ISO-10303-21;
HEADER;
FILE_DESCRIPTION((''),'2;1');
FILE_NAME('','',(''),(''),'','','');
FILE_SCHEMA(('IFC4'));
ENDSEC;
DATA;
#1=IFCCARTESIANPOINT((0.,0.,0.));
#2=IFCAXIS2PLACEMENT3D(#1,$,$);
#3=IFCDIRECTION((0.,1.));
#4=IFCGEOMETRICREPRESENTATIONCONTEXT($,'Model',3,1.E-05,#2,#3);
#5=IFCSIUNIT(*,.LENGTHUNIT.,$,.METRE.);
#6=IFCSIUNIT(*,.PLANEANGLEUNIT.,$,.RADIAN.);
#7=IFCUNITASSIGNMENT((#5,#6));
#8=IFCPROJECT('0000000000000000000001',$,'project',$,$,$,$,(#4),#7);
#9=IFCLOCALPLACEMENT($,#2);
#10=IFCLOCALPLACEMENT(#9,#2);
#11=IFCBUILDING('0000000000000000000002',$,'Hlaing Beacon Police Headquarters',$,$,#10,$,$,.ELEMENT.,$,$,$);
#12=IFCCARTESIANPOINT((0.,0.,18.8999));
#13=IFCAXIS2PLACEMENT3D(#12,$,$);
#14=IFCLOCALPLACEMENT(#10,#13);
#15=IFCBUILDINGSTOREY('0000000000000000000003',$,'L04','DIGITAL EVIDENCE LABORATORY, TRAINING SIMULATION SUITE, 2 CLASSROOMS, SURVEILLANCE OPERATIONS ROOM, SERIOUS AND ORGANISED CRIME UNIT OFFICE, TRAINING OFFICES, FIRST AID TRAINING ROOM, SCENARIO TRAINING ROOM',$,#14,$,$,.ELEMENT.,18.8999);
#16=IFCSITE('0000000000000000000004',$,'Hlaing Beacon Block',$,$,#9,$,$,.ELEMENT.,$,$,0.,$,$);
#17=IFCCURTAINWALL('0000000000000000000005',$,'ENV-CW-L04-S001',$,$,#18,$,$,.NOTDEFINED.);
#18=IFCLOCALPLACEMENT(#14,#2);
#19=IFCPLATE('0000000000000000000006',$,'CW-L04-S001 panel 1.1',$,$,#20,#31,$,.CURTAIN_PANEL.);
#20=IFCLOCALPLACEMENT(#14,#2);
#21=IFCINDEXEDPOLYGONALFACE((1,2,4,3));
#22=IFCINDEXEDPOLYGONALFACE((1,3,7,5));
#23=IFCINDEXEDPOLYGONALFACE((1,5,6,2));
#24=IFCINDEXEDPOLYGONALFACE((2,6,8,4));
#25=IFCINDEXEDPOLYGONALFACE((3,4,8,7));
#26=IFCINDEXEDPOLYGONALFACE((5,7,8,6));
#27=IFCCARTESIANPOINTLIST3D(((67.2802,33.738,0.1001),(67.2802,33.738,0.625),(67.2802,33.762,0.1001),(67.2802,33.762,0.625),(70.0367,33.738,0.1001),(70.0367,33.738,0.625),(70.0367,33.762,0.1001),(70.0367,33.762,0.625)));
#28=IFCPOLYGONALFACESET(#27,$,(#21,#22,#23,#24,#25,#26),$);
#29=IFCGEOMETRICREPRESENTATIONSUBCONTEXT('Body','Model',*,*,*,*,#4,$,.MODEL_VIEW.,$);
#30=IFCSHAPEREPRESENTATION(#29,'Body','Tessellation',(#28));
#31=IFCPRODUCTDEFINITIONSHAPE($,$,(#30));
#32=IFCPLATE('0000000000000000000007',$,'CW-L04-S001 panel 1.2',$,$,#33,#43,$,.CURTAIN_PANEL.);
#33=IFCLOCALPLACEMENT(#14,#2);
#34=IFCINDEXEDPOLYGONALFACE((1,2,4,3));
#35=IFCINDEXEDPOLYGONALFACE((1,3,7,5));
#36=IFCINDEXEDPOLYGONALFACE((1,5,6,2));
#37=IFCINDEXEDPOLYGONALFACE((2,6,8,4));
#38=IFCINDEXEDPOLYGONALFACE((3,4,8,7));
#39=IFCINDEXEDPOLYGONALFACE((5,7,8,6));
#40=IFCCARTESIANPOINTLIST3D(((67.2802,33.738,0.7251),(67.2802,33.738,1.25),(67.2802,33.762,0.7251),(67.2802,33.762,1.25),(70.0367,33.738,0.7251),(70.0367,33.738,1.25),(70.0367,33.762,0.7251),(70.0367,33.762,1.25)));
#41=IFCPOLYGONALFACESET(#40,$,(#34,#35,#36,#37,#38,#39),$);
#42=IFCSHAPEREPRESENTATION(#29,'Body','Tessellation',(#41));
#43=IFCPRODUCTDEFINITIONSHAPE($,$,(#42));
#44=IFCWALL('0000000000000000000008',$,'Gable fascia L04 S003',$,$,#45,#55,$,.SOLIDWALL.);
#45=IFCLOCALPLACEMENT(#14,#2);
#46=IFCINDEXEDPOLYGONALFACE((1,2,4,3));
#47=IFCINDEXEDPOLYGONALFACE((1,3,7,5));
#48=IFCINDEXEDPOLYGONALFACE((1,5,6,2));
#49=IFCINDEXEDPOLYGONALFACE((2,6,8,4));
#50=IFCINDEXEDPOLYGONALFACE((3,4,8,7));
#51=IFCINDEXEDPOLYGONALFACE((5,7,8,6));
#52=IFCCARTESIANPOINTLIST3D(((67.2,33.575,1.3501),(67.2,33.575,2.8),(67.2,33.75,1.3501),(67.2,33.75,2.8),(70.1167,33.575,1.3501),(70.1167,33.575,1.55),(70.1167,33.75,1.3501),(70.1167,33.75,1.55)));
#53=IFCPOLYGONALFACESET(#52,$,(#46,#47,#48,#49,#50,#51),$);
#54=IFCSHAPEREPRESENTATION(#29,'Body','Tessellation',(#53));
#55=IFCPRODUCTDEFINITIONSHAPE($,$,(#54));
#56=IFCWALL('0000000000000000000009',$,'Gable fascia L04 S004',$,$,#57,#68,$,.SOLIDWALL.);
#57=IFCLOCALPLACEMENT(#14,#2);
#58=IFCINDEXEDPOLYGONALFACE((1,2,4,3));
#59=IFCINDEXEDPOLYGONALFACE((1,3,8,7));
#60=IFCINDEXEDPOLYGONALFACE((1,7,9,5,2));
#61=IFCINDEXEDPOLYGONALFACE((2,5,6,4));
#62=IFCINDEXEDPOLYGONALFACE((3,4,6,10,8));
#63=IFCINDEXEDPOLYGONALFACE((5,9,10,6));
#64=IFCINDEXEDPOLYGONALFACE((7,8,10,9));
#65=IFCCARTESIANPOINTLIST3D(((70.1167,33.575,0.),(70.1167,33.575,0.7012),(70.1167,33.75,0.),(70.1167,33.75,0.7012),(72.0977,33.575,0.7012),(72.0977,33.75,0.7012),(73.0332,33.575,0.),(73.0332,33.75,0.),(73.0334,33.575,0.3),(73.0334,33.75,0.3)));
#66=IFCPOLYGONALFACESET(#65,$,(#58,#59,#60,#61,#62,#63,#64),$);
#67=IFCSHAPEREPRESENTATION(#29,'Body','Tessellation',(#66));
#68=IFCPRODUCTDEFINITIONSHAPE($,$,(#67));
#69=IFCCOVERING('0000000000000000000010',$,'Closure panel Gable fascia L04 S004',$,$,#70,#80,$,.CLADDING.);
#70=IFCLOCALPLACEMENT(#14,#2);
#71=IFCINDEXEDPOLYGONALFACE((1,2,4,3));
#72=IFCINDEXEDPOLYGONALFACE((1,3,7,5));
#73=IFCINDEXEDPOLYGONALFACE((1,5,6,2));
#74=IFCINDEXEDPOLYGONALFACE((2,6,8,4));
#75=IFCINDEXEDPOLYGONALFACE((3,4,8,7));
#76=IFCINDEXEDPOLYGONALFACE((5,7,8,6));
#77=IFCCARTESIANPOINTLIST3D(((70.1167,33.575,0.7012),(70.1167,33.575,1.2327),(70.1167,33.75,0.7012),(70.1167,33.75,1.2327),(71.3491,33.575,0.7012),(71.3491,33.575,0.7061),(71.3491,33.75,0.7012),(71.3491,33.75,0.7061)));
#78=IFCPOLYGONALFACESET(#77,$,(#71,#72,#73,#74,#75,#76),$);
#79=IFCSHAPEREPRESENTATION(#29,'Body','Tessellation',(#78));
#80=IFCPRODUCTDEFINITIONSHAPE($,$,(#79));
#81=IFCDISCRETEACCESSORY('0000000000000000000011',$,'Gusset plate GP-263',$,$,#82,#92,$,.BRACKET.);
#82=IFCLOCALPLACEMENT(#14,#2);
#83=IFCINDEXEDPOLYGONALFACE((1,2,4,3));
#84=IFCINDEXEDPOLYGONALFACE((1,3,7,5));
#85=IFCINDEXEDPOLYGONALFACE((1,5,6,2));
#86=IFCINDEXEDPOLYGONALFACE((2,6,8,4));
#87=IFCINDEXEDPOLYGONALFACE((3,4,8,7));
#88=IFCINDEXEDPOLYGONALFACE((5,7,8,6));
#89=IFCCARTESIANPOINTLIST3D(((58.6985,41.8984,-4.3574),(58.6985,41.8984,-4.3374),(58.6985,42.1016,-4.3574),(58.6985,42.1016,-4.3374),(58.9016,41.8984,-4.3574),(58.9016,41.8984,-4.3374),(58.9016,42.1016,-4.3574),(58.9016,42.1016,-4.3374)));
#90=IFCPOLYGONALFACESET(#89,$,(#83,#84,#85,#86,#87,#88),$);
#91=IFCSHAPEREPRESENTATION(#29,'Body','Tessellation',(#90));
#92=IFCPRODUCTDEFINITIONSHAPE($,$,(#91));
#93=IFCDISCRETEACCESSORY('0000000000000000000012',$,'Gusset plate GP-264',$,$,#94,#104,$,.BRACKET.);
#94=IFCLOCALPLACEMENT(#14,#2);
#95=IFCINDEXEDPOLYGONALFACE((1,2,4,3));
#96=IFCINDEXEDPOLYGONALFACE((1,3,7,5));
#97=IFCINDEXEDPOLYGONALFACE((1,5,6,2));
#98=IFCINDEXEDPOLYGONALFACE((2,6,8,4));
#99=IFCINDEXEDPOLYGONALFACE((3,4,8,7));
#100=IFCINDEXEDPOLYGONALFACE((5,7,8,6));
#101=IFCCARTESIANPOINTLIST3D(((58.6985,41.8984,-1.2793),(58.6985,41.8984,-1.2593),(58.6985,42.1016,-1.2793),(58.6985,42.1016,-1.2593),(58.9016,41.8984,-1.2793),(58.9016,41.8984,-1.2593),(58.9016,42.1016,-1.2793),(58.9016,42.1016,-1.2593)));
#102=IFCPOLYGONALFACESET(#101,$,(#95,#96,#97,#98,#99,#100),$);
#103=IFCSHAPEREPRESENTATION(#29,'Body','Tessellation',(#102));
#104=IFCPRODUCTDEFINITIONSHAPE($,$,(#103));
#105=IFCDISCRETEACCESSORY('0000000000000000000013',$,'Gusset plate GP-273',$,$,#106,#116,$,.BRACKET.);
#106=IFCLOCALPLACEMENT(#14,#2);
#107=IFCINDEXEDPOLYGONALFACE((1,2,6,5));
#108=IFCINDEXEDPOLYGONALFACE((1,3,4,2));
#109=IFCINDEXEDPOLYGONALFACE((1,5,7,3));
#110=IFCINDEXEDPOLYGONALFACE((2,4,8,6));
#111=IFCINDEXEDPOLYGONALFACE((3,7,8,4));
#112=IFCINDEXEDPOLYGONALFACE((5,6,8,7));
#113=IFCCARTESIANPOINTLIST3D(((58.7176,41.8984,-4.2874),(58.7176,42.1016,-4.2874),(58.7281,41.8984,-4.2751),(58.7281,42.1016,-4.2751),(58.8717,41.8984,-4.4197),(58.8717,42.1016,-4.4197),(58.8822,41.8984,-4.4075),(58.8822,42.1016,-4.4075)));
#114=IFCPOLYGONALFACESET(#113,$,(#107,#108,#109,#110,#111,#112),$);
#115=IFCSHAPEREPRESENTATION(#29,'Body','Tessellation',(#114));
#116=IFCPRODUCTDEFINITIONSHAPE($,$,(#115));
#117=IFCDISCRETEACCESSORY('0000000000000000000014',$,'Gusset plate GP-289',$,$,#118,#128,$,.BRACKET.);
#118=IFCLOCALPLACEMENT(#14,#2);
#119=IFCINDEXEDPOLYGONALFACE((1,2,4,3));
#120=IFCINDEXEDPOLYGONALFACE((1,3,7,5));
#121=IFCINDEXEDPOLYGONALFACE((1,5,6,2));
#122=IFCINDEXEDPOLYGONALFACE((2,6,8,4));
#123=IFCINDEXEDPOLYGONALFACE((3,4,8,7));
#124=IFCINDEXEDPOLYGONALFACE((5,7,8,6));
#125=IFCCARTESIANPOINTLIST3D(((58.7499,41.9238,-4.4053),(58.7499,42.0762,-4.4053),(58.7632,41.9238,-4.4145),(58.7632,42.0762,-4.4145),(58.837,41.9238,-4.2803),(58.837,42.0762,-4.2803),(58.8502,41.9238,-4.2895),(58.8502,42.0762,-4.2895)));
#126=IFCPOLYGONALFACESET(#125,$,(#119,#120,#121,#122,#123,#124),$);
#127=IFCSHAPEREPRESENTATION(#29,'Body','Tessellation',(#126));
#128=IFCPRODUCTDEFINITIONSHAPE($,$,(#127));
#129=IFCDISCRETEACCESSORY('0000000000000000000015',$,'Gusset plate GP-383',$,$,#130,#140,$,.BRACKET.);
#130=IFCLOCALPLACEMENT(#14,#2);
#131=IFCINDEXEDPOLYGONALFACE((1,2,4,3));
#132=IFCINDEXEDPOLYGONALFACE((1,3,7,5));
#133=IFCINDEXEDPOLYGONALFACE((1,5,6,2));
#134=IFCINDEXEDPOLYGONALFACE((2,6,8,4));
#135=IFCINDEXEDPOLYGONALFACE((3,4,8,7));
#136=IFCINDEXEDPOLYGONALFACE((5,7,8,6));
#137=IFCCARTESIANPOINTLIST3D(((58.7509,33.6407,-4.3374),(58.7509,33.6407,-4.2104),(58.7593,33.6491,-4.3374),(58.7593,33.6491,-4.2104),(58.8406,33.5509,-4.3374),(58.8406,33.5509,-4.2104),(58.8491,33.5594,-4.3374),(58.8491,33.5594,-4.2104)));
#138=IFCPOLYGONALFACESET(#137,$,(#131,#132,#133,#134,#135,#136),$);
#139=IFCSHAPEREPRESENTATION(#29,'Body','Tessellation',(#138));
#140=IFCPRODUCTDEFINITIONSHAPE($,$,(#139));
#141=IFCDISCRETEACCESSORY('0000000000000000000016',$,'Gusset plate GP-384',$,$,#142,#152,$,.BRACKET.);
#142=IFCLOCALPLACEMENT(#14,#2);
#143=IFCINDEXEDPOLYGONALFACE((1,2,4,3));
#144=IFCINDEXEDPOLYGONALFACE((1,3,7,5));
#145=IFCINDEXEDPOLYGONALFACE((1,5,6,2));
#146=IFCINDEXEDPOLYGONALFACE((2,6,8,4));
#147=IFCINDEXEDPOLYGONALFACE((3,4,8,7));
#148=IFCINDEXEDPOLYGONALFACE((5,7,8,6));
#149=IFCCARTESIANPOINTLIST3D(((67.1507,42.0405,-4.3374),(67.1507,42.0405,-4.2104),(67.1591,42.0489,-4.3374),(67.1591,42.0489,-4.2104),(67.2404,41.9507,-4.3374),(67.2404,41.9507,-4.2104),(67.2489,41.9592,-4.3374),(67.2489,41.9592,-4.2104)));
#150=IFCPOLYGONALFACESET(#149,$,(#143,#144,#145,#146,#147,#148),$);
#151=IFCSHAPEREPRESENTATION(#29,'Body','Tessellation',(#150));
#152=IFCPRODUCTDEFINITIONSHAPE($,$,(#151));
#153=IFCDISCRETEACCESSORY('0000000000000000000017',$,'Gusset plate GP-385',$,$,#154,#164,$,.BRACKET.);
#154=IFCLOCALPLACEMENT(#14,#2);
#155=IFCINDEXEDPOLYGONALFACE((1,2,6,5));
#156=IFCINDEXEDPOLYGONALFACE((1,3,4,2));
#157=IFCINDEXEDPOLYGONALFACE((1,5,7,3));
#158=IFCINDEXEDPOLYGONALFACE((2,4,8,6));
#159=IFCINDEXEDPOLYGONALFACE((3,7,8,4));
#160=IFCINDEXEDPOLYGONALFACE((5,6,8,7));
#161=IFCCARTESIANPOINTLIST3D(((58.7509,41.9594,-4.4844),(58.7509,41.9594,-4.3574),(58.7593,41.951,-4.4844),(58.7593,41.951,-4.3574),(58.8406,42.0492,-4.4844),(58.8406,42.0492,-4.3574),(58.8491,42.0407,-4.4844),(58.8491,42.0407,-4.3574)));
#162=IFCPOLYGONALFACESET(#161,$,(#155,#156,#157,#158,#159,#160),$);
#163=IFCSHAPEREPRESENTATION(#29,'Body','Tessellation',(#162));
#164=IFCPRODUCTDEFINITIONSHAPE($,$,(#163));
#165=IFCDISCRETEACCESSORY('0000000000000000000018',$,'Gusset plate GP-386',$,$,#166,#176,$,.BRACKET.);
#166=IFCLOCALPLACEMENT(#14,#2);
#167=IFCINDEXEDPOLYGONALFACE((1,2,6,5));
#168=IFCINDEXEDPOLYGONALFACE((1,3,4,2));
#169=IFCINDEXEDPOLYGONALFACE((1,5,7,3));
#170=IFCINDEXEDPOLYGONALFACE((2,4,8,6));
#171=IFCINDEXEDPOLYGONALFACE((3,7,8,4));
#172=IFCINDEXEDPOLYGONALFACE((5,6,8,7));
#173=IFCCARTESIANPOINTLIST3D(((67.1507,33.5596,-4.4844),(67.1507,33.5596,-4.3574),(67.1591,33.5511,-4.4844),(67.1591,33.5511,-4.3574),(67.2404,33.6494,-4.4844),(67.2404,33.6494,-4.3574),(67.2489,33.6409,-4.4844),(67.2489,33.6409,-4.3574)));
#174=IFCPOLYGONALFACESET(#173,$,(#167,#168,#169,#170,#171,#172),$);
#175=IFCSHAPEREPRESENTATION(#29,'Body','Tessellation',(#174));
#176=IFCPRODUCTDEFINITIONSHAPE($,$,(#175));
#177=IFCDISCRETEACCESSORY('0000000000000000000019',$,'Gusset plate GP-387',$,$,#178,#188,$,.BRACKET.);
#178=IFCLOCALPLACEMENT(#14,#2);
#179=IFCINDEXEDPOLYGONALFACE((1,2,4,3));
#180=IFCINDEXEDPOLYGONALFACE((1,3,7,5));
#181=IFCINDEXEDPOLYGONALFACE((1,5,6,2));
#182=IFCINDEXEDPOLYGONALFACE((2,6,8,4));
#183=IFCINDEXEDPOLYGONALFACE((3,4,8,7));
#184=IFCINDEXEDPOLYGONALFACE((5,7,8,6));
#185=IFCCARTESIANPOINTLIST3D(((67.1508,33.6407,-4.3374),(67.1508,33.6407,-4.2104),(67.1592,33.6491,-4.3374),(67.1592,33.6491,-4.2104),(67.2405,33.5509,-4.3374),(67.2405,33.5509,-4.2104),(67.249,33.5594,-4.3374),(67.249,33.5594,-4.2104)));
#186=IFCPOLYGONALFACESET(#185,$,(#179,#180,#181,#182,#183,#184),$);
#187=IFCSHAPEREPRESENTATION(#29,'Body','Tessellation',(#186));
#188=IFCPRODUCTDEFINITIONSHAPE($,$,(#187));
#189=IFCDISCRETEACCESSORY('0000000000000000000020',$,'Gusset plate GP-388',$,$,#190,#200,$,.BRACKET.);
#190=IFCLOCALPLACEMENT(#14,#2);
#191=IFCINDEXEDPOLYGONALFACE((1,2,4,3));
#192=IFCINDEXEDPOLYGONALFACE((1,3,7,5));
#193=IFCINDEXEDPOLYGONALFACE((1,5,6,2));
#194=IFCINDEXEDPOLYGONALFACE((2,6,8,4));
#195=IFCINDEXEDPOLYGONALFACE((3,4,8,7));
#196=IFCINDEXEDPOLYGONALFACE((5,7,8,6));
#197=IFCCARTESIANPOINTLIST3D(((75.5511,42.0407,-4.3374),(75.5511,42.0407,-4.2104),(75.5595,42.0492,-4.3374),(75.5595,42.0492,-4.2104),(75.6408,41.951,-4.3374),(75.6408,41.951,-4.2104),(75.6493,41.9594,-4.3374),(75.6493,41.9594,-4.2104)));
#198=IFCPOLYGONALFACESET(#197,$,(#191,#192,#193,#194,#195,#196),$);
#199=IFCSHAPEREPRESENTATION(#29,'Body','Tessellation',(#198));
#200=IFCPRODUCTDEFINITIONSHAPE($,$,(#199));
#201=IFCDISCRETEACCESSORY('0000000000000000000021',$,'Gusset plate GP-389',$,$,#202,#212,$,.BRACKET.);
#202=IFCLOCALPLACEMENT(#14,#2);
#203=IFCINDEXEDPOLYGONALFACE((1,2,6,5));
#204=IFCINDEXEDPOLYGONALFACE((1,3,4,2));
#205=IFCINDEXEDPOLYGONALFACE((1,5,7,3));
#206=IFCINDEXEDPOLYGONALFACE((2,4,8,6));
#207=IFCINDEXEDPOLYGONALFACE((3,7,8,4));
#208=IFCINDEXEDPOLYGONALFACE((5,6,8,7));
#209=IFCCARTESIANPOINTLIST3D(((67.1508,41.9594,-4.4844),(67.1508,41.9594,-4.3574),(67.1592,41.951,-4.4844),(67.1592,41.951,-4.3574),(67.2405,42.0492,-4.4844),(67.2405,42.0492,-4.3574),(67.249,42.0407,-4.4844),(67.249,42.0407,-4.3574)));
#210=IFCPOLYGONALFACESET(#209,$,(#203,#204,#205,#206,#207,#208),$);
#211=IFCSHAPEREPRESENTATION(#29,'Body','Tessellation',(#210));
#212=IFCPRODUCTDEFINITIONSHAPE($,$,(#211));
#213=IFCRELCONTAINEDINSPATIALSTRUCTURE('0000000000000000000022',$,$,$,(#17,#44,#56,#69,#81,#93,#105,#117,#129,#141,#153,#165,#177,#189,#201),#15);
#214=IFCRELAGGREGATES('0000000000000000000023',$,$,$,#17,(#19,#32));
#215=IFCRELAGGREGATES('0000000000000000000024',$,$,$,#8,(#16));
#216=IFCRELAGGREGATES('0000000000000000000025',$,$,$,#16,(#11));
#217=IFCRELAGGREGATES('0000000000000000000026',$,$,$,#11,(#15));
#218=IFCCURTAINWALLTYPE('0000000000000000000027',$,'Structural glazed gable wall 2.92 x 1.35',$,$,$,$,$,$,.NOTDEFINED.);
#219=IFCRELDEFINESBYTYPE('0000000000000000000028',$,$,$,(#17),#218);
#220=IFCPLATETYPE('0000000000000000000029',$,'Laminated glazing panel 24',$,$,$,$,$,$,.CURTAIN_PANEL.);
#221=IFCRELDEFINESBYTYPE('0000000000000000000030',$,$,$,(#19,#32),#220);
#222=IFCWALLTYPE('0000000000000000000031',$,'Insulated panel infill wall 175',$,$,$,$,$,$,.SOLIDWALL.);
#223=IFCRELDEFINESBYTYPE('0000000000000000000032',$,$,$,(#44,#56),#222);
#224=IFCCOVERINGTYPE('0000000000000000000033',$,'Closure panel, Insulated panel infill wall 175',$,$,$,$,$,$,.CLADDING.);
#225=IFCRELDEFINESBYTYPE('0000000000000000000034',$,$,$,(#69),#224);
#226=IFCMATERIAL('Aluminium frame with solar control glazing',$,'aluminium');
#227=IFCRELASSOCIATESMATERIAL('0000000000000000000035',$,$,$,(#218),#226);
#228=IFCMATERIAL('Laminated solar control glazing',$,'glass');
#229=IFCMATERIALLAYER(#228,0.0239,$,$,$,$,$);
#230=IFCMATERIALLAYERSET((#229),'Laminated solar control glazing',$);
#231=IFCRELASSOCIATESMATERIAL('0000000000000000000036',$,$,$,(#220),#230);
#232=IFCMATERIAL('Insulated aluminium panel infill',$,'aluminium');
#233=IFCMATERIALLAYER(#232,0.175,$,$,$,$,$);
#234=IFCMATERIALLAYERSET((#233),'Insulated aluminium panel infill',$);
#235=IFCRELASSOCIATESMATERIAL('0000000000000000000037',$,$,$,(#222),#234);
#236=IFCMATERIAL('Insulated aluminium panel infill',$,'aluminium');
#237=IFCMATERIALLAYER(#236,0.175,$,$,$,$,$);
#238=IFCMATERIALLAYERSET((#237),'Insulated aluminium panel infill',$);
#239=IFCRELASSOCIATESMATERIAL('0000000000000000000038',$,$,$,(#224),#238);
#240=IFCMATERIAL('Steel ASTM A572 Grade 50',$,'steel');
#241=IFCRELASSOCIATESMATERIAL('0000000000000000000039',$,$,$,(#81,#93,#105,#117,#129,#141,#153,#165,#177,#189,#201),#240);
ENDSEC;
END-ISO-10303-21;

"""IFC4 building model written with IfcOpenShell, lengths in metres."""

from ifc_helpers import new_model, si_unit, direction, frame, origin, origin_2d, place, context, subcontext, project, spatial, polyline, rectangle, outline, extrude, material, layer, layer_set, type_object, element, aggregate, save


model = new_model("IFC4")

# Units and contexts
model_context = context("Model", 3, precision=1e-05, world=origin(), true_north=direction((0.0, 1.0)))
body_context = subcontext(model_context, "Body", "Model", "MODEL_VIEW")
ifc_project = project(units=[si_unit("LENGTHUNIT", "METRE"), si_unit("PLANEANGLEUNIT", "RADIAN")], contexts=[model_context])

# Site, building, storey
site_placement = place(None, origin())
site = spatial("IfcSite", under=ifc_project, at=site_placement, Name="Hlaing Beacon Block", CompositionType="ELEMENT", RefElevation=0.0)
building_placement = place(site_placement, origin())
building = spatial("IfcBuilding", under=site, at=building_placement, Name="Hlaing Beacon Police Headquarters", CompositionType="ELEMENT")
storey_placement = place(building_placement, frame((0.0, 0.0, 18.8999)))
storey = spatial("IfcBuildingStorey", under=building, at=storey_placement, Name="L04", Description="DIGITAL EVIDENCE LABORATORY, TRAINING SIMULATION SUITE, 2 CLASSROOMS, SURVEILLANCE OPERATIONS ROOM, SERIOUS AND ORGANISED CRIME UNIT OFFICE, TRAINING OFFICES, FIRST AID TRAINING ROOM, SCENARIO TRAINING ROOM", CompositionType="ELEMENT", Elevation=18.8999)

# Curtain wall
ifc_material_1 = material(Name="Aluminium frame with solar control glazing", Category="aluminium")
curtain_wall_type = type_object("IfcCurtainWallType", Name="Structural glazed gable wall 2.92 x 1.35", PredefinedType="NOTDEFINED", material=ifc_material_1)
curtain_wall_placement = place(storey_placement, origin())
curtain_wall = element("IfcCurtainWall", 1, at=curtain_wall_placement, inside=storey, type_object=curtain_wall_type, Name="ENV-CW-L04-S001", PredefinedType="NOTDEFINED")

# Plates
ifc_material_2 = material(Name="Laminated solar control glazing", Category="glass")
ifc_layer_1 = layer(ifc_material_2, 0.0239)
ifc_layer_set_1 = layer_set([ifc_layer_1], Name="Laminated solar control glazing")
plate_type = type_object("IfcPlateType", Name="Laminated glazing panel 24", PredefinedType="CURTAIN_PANEL", material=ifc_layer_set_1)
plate_1_placement = place(storey_placement, frame((68.6584, 33.75, 0.1001), z_axis=(0.0, 0.0, 1.0), x_axis=(1.0, 0.0, 0.0)))
plate_1 = element("IfcPlate", 2, at=plate_1_placement, type_object=plate_type, Name="CW-L04-S001 panel 1.1", PredefinedType="CURTAIN_PANEL", context=body_context, shape_type="SweptSolid", body=[
    extrude(rectangle(XDim=2.7566, YDim=0.0239, at=origin_2d()), origin(), (0.0, 0.0, 1.0), 0.5249),
])
plate_2_placement = place(storey_placement, frame((68.6584, 33.75, 0.7251), z_axis=(0.0, 0.0, 1.0), x_axis=(1.0, 0.0, 0.0)))
plate_2 = element("IfcPlate", 3, at=plate_2_placement, type_object=plate_type, Name="CW-L04-S001 panel 1.2", PredefinedType="CURTAIN_PANEL", context=body_context, shape_type="SweptSolid", body=[
    extrude(rectangle(XDim=2.7566, YDim=0.0239, at=origin_2d()), origin(), (0.0, 0.0, 1.0), 0.5249),
])
aggregate(curtain_wall, [plate_1, plate_2])

# Walls
ifc_material_3 = material(Name="Insulated aluminium panel infill", Category="aluminium")
ifc_layer_2 = layer(ifc_material_3, 0.175)
ifc_layer_set_2 = layer_set([ifc_layer_2], Name="Insulated aluminium panel infill")
wall_type = type_object("IfcWallType", Name="Insulated panel infill wall 175", PredefinedType="SOLIDWALL", material=ifc_layer_set_2)
wall_1_placement = place(storey_placement, frame((67.2, 33.6626, 1.3501), z_axis=(0.0, 0.0, 1.0), x_axis=(1.0, 0.0, 0.0)))
element("IfcWall", 4, at=wall_1_placement, inside=storey, type_object=wall_type, Name="Gable fascia L04 S003", PredefinedType="SOLIDWALL", context=body_context, shape_type="SweptSolid", body=[
    extrude(outline(polyline([(0.0, 0.0), (2.9167, 0.0), (2.9167, 0.2), (0.0, 1.45), (0.0, 0.0)])), frame((0.0, 0.0874, 0.0), z_axis=(0.0, -1.0, 0.0), x_axis=(1.0, 0.0, 0.0)), (0.0, 0.0, 1.0), 0.175),
])
wall_2_placement = place(storey_placement, frame((70.1167, 33.6626, 0.0), z_axis=(0.0, 0.0, 1.0), x_axis=(1.0, 0.0, 0.0)))
element("IfcWall", 5, at=wall_2_placement, inside=storey, type_object=wall_type, Name="Gable fascia L04 S004", PredefinedType="SOLIDWALL", context=body_context, shape_type="SweptSolid", body=[
    extrude(outline(polyline([(0.0, 0.0), (2.9165, 0.0), (2.9167, 0.3), (1.981, 0.7012), (0.0, 0.7012), (0.0, 0.0)])), frame((0.0, 0.0874, 0.0), z_axis=(0.0, -1.0, 0.0), x_axis=(1.0, 0.0, 0.0)), (0.0, 0.0, 1.0), 0.175),
])

# Covering
ifc_material_4 = material(Name="Insulated aluminium panel infill", Category="aluminium")
ifc_layer_3 = layer(ifc_material_4, 0.175)
ifc_layer_set_3 = layer_set([ifc_layer_3], Name="Insulated aluminium panel infill")
covering_type = type_object("IfcCoveringType", Name="Closure panel, Insulated panel infill wall 175", PredefinedType="CLADDING", material=ifc_layer_set_3)
covering_placement = place(storey_placement, frame((70.1167, 33.6626, 0.7012), z_axis=(0.0, 0.0, 1.0), x_axis=(1.0, 0.0, 0.0)))
element("IfcCovering", 6, at=covering_placement, inside=storey, type_object=covering_type, Name="Closure panel Gable fascia L04 S004", PredefinedType="CLADDING", context=body_context, shape_type="SweptSolid", body=[
    extrude(outline(polyline([(0.0, 0.0), (1.2324, 0.0), (1.2324, 0.0049), (0.0, 0.5315), (0.0, 0.0)])), frame((0.0, 0.0874, 0.0), z_axis=(0.0, -1.0, 0.0), x_axis=(1.0, 0.0, 0.0)), (0.0, 0.0, 1.0), 0.175),
])

# Discrete accessories
ifc_material_5 = material(Name="Steel ASTM A572 Grade 50", Category="steel")
for number, where, z_axis, x_axis, name in (
    (7, (58.8, 42.0, -4.3374), (0.0, 0.0, -1.0), (1.0, 0.0, 0.0), "Gusset plate GP-263"),
    (8, (58.8, 42.0, -1.2793), (0.0, 0.0, 1.0), (1.0, 0.0, 0.0), "Gusset plate GP-264"),
):
    element("IfcDiscreteAccessory", number, at=place(storey_placement, frame(where, z_axis=z_axis, x_axis=x_axis)), inside=storey, material=ifc_material_5, Name=name, PredefinedType="BRACKET", context=body_context, shape_type="SweptSolid", body=[
        extrude(rectangle(XDim=0.2031, YDim=0.2031, at=origin_2d()), origin(), (0.0, 0.0, 1.0), 0.02),
    ])
discrete_accessory_1_placement = place(storey_placement, frame((58.8052, 42.0, -4.3413), z_axis=(-0.651561, 0.0, -0.758596), x_axis=(0.0, -1.0, 0.0)))
element("IfcDiscreteAccessory", 9, at=discrete_accessory_1_placement, inside=storey, material=ifc_material_5, Name="Gusset plate GP-273", PredefinedType="BRACKET", context=body_context, shape_type="SweptSolid", body=[
    extrude(rectangle(XDim=0.2031, YDim=0.2031, at=origin_2d()), origin(), (0.0, 0.0, 1.0), 0.0161),
])
discrete_accessory_2_placement = place(storey_placement, frame((58.7935, 42.0, -4.3428), z_axis=(0.820773, 0.0, -0.571255), x_axis=(0.0, 1.0, 0.0)))
element("IfcDiscreteAccessory", 10, at=discrete_accessory_2_placement, inside=storey, material=ifc_material_5, Name="Gusset plate GP-289", PredefinedType="BRACKET", context=body_context, shape_type="SweptSolid", body=[
    extrude(rectangle(XDim=0.1523, YDim=0.1523, at=origin_2d()), origin(), (0.0, 0.0, 1.0), 0.0161),
])
for number, where, z_axis, x_axis, name in (
    (11, (58.8042, 33.6042, -4.2739), (-0.707107, -0.707107, 0.0), (0.707107, -0.707107, 0.0), "Gusset plate GP-383"),
    (12, (67.1956, 41.9956, -4.2739), (0.707107, 0.707107, 0.0), (-0.707107, 0.707107, 0.0), "Gusset plate GP-384"),
    (13, (58.8042, 41.9958, -4.4209), (-0.707107, 0.707107, 0.0), (-0.707107, -0.707107, 0.0), "Gusset plate GP-385"),
    (14, (67.1956, 33.6045, -4.4209), (0.707107, -0.707107, 0.0), (0.707107, 0.707107, 0.0), "Gusset plate GP-386"),
    (15, (67.2041, 33.6042, -4.2739), (-0.707117, -0.707097, 0.0), (0.707097, -0.707117, 0.0), "Gusset plate GP-387"),
    (16, (75.5959, 41.9958, -4.2739), (0.707117, 0.707097, 0.0), (-0.707097, 0.707117, 0.0), "Gusset plate GP-388"),
    (17, (67.2041, 41.9958, -4.4209), (-0.707117, 0.707097, 0.0), (-0.707097, -0.707117, 0.0), "Gusset plate GP-389"),
):
    element("IfcDiscreteAccessory", number, at=place(storey_placement, frame(where, z_axis=z_axis, x_axis=x_axis)), inside=storey, material=ifc_material_5, Name=name, PredefinedType="BRACKET", context=body_context, shape_type="SweptSolid", body=[
        extrude(rectangle(XDim=0.127, YDim=0.127, at=origin_2d()), origin(), (0.0, 0.0, 1.0), 0.012),
    ])

save(model, "model.ifc")
